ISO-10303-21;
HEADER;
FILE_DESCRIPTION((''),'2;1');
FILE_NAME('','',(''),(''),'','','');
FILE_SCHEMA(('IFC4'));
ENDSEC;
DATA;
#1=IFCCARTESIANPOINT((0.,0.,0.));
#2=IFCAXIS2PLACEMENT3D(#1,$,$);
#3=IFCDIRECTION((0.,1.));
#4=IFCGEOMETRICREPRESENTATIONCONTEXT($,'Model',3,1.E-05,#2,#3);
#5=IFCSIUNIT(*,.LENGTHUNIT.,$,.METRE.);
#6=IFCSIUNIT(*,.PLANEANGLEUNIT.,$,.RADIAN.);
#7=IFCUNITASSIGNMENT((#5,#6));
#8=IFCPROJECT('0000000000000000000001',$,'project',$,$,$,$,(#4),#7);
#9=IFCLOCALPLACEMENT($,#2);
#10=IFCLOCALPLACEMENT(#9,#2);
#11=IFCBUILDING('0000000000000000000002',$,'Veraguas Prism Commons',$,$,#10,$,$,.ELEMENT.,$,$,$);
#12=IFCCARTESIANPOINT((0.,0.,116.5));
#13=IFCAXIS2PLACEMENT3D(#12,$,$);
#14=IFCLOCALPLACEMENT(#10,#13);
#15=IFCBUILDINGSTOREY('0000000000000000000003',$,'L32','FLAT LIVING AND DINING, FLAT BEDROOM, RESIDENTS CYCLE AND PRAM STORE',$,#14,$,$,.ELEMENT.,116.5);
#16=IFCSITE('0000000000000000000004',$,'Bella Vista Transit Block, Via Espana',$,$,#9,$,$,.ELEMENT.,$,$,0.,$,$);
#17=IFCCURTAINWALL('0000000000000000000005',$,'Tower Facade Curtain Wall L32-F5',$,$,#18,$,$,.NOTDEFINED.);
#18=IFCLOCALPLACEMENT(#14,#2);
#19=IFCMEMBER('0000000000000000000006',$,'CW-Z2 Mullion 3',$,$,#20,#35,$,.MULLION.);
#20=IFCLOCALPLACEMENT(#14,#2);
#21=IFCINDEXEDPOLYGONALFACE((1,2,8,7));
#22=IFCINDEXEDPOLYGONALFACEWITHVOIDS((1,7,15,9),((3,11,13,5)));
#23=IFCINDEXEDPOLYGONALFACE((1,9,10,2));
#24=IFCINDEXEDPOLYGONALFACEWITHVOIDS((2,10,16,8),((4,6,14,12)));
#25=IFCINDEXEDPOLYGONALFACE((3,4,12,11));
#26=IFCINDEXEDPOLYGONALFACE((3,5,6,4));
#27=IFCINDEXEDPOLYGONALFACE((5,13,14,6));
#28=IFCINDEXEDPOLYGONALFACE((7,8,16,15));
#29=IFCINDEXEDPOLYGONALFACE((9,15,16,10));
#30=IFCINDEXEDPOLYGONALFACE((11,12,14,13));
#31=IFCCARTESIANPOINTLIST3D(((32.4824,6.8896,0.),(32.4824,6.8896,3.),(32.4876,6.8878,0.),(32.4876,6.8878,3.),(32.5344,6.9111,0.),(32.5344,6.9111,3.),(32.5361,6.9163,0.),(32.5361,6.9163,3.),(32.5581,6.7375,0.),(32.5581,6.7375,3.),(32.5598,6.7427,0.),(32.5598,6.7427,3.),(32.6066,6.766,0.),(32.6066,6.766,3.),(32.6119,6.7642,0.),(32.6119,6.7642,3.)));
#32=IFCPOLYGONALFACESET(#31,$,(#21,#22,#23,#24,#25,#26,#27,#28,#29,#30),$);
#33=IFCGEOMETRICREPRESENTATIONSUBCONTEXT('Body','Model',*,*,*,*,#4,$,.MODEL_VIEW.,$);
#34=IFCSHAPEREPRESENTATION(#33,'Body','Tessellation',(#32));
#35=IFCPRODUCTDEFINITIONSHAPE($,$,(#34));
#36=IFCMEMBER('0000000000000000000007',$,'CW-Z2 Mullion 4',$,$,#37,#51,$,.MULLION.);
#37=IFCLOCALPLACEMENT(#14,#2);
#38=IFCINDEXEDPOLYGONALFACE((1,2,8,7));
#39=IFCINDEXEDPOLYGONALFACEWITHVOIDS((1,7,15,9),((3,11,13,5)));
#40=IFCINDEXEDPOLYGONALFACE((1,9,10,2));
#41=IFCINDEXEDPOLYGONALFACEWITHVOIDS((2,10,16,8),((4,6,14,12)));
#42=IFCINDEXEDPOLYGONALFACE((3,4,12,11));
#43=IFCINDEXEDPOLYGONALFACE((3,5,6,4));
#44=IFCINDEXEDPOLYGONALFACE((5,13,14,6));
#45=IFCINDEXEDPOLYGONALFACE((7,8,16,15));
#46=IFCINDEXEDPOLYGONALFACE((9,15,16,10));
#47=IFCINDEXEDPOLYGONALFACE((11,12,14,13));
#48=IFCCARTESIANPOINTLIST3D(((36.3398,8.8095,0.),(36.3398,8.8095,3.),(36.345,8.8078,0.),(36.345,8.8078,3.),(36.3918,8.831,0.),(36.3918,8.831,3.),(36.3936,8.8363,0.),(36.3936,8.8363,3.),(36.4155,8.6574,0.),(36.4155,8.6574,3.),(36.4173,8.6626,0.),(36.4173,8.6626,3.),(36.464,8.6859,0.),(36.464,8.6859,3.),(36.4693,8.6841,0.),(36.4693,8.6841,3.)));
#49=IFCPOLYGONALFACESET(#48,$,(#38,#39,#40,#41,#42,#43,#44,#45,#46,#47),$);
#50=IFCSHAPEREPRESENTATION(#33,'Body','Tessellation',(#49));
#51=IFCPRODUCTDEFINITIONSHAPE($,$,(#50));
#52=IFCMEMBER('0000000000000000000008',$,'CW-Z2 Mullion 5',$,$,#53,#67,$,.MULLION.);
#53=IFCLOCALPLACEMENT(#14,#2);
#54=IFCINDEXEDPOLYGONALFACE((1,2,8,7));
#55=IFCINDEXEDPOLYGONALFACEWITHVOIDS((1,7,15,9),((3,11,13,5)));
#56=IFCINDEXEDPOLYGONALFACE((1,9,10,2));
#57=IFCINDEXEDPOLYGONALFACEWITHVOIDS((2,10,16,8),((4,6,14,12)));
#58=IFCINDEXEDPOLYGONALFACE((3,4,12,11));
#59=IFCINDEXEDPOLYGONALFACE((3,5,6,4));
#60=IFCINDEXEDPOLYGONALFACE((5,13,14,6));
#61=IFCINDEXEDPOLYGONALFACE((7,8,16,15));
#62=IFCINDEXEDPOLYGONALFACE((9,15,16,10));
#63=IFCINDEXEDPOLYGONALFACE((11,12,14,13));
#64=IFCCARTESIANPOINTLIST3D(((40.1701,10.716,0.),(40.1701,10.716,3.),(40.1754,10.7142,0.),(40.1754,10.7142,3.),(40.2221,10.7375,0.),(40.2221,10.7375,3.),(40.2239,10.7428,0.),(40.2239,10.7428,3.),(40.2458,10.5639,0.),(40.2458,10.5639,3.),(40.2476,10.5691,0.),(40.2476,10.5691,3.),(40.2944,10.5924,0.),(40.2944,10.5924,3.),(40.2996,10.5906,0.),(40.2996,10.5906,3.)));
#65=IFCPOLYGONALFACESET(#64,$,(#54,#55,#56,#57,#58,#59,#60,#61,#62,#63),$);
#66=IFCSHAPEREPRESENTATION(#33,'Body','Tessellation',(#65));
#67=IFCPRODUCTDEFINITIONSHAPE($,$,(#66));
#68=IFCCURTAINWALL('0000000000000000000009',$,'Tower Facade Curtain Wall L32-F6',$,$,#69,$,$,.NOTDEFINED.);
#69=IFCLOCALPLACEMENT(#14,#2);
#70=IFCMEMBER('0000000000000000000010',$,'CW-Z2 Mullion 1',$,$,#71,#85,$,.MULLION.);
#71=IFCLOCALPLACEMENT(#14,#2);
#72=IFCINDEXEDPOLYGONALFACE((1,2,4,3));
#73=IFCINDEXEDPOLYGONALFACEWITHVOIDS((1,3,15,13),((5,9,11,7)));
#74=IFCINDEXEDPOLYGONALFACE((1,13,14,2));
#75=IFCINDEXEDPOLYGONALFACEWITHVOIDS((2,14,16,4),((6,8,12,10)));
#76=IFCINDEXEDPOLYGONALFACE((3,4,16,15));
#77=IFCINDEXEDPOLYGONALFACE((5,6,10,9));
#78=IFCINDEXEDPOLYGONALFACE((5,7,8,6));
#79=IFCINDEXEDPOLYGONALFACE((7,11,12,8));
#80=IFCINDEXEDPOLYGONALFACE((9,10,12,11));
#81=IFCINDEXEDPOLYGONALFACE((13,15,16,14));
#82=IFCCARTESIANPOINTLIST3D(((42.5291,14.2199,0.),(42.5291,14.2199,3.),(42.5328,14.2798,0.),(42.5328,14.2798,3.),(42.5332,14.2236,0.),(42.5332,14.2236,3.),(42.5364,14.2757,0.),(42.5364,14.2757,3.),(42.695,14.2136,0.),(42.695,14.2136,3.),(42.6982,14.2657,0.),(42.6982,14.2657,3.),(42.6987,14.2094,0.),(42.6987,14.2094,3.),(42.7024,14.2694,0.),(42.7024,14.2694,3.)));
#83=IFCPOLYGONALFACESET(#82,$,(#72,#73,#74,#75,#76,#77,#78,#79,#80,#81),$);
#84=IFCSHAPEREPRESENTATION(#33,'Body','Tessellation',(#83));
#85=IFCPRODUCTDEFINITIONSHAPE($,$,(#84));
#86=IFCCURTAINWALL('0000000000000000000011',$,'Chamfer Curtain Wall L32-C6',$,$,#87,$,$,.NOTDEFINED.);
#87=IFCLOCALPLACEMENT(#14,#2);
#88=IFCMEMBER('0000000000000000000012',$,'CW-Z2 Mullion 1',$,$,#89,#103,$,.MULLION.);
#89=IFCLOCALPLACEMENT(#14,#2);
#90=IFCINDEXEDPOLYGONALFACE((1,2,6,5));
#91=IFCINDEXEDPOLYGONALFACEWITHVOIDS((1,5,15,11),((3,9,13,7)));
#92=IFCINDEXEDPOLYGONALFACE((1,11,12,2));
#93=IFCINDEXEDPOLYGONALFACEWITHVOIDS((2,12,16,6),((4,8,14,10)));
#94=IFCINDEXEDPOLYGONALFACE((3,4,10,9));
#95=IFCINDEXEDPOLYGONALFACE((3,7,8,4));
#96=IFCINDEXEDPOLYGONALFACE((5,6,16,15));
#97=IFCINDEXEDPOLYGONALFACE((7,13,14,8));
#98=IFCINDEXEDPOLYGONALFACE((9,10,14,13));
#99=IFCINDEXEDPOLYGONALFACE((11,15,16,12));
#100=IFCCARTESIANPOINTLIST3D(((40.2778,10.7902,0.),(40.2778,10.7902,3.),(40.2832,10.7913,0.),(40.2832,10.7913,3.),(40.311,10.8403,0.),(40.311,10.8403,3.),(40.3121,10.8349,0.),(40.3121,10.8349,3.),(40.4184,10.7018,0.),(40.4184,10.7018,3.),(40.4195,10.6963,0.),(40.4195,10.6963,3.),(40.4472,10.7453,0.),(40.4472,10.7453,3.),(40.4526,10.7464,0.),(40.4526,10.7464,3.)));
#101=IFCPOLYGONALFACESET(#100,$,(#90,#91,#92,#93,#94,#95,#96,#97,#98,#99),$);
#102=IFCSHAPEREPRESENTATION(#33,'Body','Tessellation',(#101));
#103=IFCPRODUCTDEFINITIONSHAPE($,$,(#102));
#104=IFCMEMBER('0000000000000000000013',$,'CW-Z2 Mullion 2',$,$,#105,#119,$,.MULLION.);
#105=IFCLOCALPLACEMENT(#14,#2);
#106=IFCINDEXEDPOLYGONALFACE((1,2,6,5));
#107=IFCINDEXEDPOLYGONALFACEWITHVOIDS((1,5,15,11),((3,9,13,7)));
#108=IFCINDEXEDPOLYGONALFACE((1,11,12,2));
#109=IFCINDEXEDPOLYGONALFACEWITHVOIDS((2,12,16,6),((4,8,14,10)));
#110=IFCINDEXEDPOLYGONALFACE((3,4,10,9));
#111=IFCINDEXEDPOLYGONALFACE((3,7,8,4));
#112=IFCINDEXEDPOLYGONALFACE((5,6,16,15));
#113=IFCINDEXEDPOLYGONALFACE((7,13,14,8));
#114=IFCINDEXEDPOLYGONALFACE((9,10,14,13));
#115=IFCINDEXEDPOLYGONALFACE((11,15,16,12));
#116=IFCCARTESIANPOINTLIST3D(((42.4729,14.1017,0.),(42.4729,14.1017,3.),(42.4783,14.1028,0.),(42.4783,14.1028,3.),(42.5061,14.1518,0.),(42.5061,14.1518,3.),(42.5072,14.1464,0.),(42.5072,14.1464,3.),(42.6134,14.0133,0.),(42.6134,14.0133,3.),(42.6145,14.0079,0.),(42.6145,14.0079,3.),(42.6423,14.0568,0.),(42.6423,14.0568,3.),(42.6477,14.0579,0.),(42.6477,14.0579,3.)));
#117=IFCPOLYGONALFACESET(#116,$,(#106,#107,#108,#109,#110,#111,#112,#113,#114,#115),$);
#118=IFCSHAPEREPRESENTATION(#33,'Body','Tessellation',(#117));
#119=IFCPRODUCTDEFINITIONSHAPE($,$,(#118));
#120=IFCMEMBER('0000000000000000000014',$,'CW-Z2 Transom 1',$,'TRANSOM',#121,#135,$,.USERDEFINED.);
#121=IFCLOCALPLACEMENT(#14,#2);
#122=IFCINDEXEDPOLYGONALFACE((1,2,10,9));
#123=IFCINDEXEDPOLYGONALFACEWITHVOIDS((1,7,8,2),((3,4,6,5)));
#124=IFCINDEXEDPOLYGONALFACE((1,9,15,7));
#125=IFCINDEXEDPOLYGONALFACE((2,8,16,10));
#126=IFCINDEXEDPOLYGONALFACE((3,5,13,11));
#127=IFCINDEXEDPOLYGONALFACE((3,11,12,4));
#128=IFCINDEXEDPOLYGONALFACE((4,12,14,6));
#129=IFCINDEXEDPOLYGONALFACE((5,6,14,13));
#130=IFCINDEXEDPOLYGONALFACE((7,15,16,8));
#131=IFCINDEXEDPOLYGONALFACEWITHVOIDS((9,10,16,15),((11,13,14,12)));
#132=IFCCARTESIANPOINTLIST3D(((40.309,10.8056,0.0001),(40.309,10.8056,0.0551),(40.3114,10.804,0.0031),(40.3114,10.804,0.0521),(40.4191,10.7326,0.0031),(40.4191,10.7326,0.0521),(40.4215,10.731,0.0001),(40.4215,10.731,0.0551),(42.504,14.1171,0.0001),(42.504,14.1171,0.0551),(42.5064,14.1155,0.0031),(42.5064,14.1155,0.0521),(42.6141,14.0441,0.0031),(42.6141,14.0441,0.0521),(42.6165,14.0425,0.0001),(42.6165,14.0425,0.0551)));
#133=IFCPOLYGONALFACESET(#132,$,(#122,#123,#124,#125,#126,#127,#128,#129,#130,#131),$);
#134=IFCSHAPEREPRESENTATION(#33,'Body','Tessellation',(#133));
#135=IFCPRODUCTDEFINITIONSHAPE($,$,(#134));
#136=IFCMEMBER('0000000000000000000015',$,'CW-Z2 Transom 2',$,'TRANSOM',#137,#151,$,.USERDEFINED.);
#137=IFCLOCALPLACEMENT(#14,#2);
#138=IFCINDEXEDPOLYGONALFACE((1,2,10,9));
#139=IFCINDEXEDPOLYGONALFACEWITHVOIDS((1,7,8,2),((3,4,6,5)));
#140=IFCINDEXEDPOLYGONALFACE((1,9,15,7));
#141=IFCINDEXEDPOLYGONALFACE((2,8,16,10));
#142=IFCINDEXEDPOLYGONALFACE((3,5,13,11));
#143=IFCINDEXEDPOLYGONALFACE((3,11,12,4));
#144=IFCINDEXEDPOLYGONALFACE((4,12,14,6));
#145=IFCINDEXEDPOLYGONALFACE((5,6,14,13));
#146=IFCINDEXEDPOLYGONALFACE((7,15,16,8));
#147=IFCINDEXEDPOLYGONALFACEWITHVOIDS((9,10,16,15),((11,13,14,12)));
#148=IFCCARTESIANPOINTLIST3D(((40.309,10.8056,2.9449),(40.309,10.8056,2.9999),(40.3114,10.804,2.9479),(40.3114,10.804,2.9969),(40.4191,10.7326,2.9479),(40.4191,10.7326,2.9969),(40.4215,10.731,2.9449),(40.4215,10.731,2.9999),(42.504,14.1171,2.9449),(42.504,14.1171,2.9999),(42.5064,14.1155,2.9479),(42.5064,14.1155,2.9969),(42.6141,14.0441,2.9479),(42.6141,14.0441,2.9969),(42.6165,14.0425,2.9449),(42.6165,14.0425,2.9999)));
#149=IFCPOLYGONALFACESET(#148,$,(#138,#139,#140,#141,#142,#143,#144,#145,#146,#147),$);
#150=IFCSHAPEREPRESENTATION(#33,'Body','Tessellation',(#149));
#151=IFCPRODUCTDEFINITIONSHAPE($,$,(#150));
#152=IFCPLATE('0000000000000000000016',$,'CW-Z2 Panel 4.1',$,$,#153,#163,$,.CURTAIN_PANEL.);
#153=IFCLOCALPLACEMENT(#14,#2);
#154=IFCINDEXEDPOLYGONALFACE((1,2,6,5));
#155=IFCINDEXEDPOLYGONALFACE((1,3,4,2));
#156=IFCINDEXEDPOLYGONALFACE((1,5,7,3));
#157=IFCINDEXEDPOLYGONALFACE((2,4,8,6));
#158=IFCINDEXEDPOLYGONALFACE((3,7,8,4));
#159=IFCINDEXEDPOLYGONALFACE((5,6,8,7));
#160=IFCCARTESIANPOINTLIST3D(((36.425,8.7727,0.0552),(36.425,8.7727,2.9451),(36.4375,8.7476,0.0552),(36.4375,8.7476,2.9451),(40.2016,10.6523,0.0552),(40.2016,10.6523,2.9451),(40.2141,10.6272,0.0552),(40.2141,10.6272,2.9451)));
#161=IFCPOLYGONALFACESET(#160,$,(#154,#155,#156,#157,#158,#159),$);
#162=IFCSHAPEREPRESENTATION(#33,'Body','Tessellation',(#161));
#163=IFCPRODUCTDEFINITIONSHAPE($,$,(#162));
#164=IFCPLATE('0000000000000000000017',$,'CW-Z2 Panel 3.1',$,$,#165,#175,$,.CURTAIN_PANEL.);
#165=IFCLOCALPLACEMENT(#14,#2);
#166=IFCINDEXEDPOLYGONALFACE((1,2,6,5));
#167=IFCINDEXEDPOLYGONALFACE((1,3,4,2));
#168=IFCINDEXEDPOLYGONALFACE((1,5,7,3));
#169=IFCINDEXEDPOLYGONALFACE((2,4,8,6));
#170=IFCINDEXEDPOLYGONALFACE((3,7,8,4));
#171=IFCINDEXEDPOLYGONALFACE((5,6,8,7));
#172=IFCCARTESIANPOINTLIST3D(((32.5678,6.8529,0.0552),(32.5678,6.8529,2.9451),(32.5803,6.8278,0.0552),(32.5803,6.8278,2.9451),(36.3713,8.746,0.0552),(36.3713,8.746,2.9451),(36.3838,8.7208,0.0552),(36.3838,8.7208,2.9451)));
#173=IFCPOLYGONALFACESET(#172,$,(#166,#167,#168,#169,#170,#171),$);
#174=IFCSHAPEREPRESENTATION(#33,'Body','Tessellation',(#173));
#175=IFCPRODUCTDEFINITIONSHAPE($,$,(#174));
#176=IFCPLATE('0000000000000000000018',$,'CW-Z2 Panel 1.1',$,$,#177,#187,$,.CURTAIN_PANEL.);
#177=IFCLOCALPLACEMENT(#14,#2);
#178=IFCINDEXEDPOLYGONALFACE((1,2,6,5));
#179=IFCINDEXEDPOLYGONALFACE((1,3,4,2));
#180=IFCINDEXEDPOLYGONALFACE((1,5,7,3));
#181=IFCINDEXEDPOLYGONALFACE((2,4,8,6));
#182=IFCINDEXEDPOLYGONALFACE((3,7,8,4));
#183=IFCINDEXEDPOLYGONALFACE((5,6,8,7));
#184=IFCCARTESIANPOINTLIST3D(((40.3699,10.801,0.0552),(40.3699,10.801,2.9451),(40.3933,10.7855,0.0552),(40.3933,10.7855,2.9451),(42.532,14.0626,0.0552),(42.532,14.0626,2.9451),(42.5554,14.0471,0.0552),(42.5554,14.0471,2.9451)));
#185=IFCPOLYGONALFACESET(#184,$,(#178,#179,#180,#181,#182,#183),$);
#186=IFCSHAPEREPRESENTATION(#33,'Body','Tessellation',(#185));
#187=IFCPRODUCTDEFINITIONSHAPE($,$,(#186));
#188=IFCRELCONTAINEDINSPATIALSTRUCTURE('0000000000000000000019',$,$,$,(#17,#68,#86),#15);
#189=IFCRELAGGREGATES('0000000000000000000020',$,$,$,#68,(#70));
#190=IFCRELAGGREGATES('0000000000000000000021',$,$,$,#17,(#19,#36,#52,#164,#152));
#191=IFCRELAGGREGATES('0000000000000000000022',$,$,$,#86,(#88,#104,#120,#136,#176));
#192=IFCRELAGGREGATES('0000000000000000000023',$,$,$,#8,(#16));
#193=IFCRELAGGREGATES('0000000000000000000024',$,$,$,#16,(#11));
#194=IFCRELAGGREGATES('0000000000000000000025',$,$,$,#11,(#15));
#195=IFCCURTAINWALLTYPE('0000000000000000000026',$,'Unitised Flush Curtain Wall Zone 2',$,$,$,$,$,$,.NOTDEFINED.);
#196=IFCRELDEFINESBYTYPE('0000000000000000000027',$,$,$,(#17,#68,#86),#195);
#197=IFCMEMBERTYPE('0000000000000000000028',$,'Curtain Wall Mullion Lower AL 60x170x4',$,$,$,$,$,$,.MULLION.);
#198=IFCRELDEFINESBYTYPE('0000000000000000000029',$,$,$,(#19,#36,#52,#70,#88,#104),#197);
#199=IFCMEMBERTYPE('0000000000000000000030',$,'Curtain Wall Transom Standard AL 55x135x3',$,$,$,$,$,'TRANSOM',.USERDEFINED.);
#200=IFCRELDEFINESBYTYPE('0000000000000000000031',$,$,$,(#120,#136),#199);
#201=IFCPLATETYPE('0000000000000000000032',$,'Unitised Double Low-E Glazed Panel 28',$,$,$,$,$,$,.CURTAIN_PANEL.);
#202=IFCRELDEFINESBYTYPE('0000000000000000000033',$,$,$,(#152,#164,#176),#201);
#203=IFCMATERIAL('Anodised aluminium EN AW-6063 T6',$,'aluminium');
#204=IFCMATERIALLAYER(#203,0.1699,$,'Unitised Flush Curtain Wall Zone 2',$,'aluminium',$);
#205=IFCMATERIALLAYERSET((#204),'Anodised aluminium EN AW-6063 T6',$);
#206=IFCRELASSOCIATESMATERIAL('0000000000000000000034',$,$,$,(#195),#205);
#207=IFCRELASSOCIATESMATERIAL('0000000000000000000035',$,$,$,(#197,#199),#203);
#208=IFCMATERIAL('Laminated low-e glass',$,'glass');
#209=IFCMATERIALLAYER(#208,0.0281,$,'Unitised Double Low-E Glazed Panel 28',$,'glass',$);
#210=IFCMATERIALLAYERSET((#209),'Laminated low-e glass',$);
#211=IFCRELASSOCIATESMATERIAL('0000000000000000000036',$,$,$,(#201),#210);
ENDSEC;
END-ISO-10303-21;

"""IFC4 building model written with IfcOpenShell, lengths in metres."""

from ifc_helpers import new_model, si_unit, direction, frame, origin, origin_2d, place, context, subcontext, project, spatial, rectangle, hollow_rectangle, extrude, source, transform, mapped, material, layer, layer_set, material_profile, profile_set, type_object, element, aggregate, save


model = new_model("IFC4")

# Units and contexts
model_context = context("Model", 3, precision=1e-05, world=origin(), true_north=direction((0.0, 1.0)))
body_context = subcontext(model_context, "Body", "Model", "MODEL_VIEW")
ifc_project = project(units=[si_unit("LENGTHUNIT", "METRE"), si_unit("PLANEANGLEUNIT", "RADIAN")], contexts=[model_context])

# Site, building, storey
site_placement = place(None, origin())
site = spatial("IfcSite", under=ifc_project, at=site_placement, Name="Bella Vista Transit Block, Via Espana", CompositionType="ELEMENT", RefElevation=0.0)
building_placement = place(site_placement, origin())
building = spatial("IfcBuilding", under=site, at=building_placement, Name="Veraguas Prism Commons", CompositionType="ELEMENT")
storey_placement = place(building_placement, frame((0.0, 0.0, 116.5)))
storey = spatial("IfcBuildingStorey", under=building, at=storey_placement, Name="L32", Description="FLAT LIVING AND DINING, FLAT BEDROOM, RESIDENTS CYCLE AND PRAM STORE", CompositionType="ELEMENT", Elevation=116.5)

# Curtain wall, members
ifc_material_1 = material(Name="Anodised aluminium EN AW-6063 T6", Category="aluminium")
ifc_layer_1 = layer(ifc_material_1, 0.1699, Name="Unitised Flush Curtain Wall Zone 2", Category="aluminium")
ifc_layer_set_1 = layer_set([ifc_layer_1], Name="Anodised aluminium EN AW-6063 T6")
curtain_wall_type = type_object("IfcCurtainWallType", Name="Unitised Flush Curtain Wall Zone 2", PredefinedType="NOTDEFINED", material=ifc_layer_set_1)
curtain_wall_1_placement = place(storey_placement, origin())
curtain_wall_1 = element("IfcCurtainWall", 1, at=curtain_wall_1_placement, inside=storey, type_object=curtain_wall_type, Name="Tower Facade Curtain Wall L32-F5", PredefinedType="NOTDEFINED")
ifc_material_profile_1 = material_profile(ifc_material_1, hollow_rectangle(XDim=0.0601, YDim=0.1699, WallThickness=0.0039, at=origin_2d()), Name="AL60X170X4")
ifc_profile_set_1 = profile_set([ifc_material_profile_1], Name="Anodised aluminium EN AW-6063 T6")
member_type_1 = type_object("IfcMemberType", Name="Curtain Wall Mullion Lower AL 60x170x4", PredefinedType="MULLION", material=ifc_profile_set_1)
shared_shape_1 = source(origin(), body_context, "Body", "SweptSolid", [
    extrude(hollow_rectangle(XDim=0.0601, YDim=0.1699, WallThickness=0.0039, at=origin_2d()), origin(), (0.0, 0.0, 1.0), 3.0),
])
member_1_placement = place(storey_placement, frame((32.5471, 6.8269, 0.0), z_axis=(0.0, 0.0, 1.0), x_axis=(0.895245, 0.445574, 0.0)))
member_1 = element("IfcMember", 2, at=member_1_placement, type_object=member_type_1, Name="CW-Z2 Mullion 3", PredefinedType="MULLION", context=body_context, shape_type="MappedRepresentation", body=[
    mapped(shared_shape_1, transform((0.0, 0.0, 0.0), scale=1.0)),
])
member_2_placement = place(storey_placement, frame((36.4045, 8.7468, 0.0), z_axis=(0.0, 0.0, 1.0), x_axis=(0.895245, 0.445574, 0.0)))
member_2 = element("IfcMember", 3, at=member_2_placement, type_object=member_type_1, Name="CW-Z2 Mullion 4", PredefinedType="MULLION", context=body_context, shape_type="MappedRepresentation", body=[
    mapped(shared_shape_1, transform((0.0, 0.0, 0.0), scale=1.0)),
])
member_3_placement = place(storey_placement, frame((40.2349, 10.6533, 0.0), z_axis=(0.0, 0.0, 1.0), x_axis=(0.895245, 0.445574, 0.0)))
member_3 = element("IfcMember", 4, at=member_3_placement, type_object=member_type_1, Name="CW-Z2 Mullion 5", PredefinedType="MULLION", context=body_context, shape_type="MappedRepresentation", body=[
    mapped(shared_shape_1, transform((0.0, 0.0, 0.0), scale=1.0)),
])

# Curtain wall, member
curtain_wall_2_placement = place(storey_placement, origin())
curtain_wall_2 = element("IfcCurtainWall", 5, at=curtain_wall_2_placement, inside=storey, type_object=curtain_wall_type, Name="Tower Facade Curtain Wall L32-F6", PredefinedType="NOTDEFINED")
member_4_placement = place(storey_placement, frame((42.6157, 14.2446, 0.0), z_axis=(0.0, 0.0, 1.0), x_axis=(0.061744, 0.998092, 0.0)))
member_4 = element("IfcMember", 6, at=member_4_placement, type_object=member_type_1, Name="CW-Z2 Mullion 1", PredefinedType="MULLION", context=body_context, shape_type="MappedRepresentation", body=[
    mapped(shared_shape_1, transform((0.0, 0.0, 0.0), scale=1.0)),
])
aggregate(curtain_wall_2, [member_4])

# Curtain wall, members
curtain_wall_3_placement = place(storey_placement, origin())
curtain_wall_3 = element("IfcCurtainWall", 7, at=curtain_wall_3_placement, inside=storey, type_object=curtain_wall_type, Name="Chamfer Curtain Wall L32-C6", PredefinedType="NOTDEFINED")
member_5_placement = place(storey_placement, frame((40.3652, 10.7683, 0.0), z_axis=(0.0, 0.0, 1.0), x_axis=(0.552507, 0.833508, 0.0)))
member_5 = element("IfcMember", 8, at=member_5_placement, type_object=member_type_1, Name="CW-Z2 Mullion 1", PredefinedType="MULLION", context=body_context, shape_type="MappedRepresentation", body=[
    mapped(shared_shape_1, transform((0.0, 0.0, 0.0), scale=1.0)),
])
member_6_placement = place(storey_placement, frame((42.5603, 14.0798, 0.0), z_axis=(0.0, 0.0, 1.0), x_axis=(0.552507, 0.833508, 0.0)))
member_6 = element("IfcMember", 9, at=member_6_placement, type_object=member_type_1, Name="CW-Z2 Mullion 2", PredefinedType="MULLION", context=body_context, shape_type="MappedRepresentation", body=[
    mapped(shared_shape_1, transform((0.0, 0.0, 0.0), scale=1.0)),
])
ifc_material_profile_2 = material_profile(ifc_material_1, hollow_rectangle(XDim=0.0549, YDim=0.135, WallThickness=0.0029, at=origin_2d()), Name="AL55X135X3")
ifc_profile_set_2 = profile_set([ifc_material_profile_2], Name="Anodised aluminium EN AW-6063 T6")
member_type_2 = type_object("IfcMemberType", Name="Curtain Wall Transom Standard AL 55x135x3", ElementType="TRANSOM", PredefinedType="USERDEFINED", material=ifc_profile_set_2)
shared_shape_2 = source(origin(), body_context, "Body", "SweptSolid", [
    extrude(hollow_rectangle(XDim=0.0549, YDim=0.135, WallThickness=0.0029, at=origin_2d()), origin(), (0.0, 0.0, 1.0), 3.9729),
])
member_7_placement = place(storey_placement, frame((40.3652, 10.7683, 0.0276), z_axis=(0.5525, 0.833513, 0.0), x_axis=(0.0, 0.0, 1.0)))
member_7 = element("IfcMember", 10, at=member_7_placement, type_object=member_type_2, Name="CW-Z2 Transom 1", ObjectType="TRANSOM", PredefinedType="USERDEFINED", context=body_context, shape_type="MappedRepresentation", body=[
    mapped(shared_shape_2, transform((0.0, 0.0, 0.0), scale=1.0)),
])
member_8_placement = place(storey_placement, frame((40.3652, 10.7683, 2.9724), z_axis=(0.5525, 0.833513, 0.0), x_axis=(0.0, 0.0, 1.0)))
member_8 = element("IfcMember", 11, at=member_8_placement, type_object=member_type_2, Name="CW-Z2 Transom 2", ObjectType="TRANSOM", PredefinedType="USERDEFINED", context=body_context, shape_type="MappedRepresentation", body=[
    mapped(shared_shape_2, transform((0.0, 0.0, 0.0), scale=1.0)),
])

# Plates
ifc_material_2 = material(Name="Laminated low-e glass", Category="glass")
ifc_layer_2 = layer(ifc_material_2, 0.0281, Name="Unitised Double Low-E Glazed Panel 28", Category="glass")
ifc_layer_set_2 = layer_set([ifc_layer_2], Name="Laminated low-e glass")
plate_type = type_object("IfcPlateType", Name="Unitised Double Low-E Glazed Panel 28", PredefinedType="CURTAIN_PANEL", material=ifc_layer_set_2)
shared_shape_3 = source(origin(), body_context, "Body", "SweptSolid", [
    extrude(rectangle(XDim=4.2185, YDim=0.0281, at=origin_2d()), origin(), (0.0, 0.0, 1.0), 2.8899),
])
plate_1_placement = place(storey_placement, frame((38.3196, 9.7, 0.0552), z_axis=(0.0, 0.0, 1.0), x_axis=(0.895245, 0.445574, 0.0)))
plate_1 = element("IfcPlate", 12, at=plate_1_placement, type_object=plate_type, Name="CW-Z2 Panel 4.1", PredefinedType="CURTAIN_PANEL", context=body_context, shape_type="MappedRepresentation", body=[
    mapped(shared_shape_3, transform((0.0, 0.0, 0.0), scale=1.0)),
])
shared_shape_4 = source(origin(), body_context, "Body", "SweptSolid", [
    extrude(rectangle(XDim=4.2485, YDim=0.0281, at=origin_2d()), origin(), (0.0, 0.0, 1.0), 2.8899),
])
plate_2_placement = place(storey_placement, frame((34.4758, 7.7869, 0.0552), z_axis=(0.0, 0.0, 1.0), x_axis=(0.895245, 0.445574, 0.0)))
plate_2 = element("IfcPlate", 13, at=plate_2_placement, type_object=plate_type, Name="CW-Z2 Panel 3.1", PredefinedType="CURTAIN_PANEL", context=body_context, shape_type="MappedRepresentation", body=[
    mapped(shared_shape_4, transform((0.0, 0.0, 0.0), scale=1.0)),
])
aggregate(curtain_wall_1, [member_1, member_2, member_3, plate_2, plate_1])
shared_shape_5 = source(origin(), body_context, "Body", "SweptSolid", [
    extrude(rectangle(XDim=3.9131, YDim=0.0281, at=origin_2d()), origin(), (0.0, 0.0, 1.0), 2.8899),
])
plate_3_placement = place(storey_placement, frame((41.4626, 12.4241, 0.0552), z_axis=(0.0, 0.0, 1.0), x_axis=(0.552507, 0.833508, 0.0)))
plate_3 = element("IfcPlate", 14, at=plate_3_placement, type_object=plate_type, Name="CW-Z2 Panel 1.1", PredefinedType="CURTAIN_PANEL", context=body_context, shape_type="MappedRepresentation", body=[
    mapped(shared_shape_5, transform((0.0, 0.0, 0.0), scale=1.0)),
])
aggregate(curtain_wall_3, [member_5, member_6, member_7, member_8, plate_3])

save(model, "model.ifc")
